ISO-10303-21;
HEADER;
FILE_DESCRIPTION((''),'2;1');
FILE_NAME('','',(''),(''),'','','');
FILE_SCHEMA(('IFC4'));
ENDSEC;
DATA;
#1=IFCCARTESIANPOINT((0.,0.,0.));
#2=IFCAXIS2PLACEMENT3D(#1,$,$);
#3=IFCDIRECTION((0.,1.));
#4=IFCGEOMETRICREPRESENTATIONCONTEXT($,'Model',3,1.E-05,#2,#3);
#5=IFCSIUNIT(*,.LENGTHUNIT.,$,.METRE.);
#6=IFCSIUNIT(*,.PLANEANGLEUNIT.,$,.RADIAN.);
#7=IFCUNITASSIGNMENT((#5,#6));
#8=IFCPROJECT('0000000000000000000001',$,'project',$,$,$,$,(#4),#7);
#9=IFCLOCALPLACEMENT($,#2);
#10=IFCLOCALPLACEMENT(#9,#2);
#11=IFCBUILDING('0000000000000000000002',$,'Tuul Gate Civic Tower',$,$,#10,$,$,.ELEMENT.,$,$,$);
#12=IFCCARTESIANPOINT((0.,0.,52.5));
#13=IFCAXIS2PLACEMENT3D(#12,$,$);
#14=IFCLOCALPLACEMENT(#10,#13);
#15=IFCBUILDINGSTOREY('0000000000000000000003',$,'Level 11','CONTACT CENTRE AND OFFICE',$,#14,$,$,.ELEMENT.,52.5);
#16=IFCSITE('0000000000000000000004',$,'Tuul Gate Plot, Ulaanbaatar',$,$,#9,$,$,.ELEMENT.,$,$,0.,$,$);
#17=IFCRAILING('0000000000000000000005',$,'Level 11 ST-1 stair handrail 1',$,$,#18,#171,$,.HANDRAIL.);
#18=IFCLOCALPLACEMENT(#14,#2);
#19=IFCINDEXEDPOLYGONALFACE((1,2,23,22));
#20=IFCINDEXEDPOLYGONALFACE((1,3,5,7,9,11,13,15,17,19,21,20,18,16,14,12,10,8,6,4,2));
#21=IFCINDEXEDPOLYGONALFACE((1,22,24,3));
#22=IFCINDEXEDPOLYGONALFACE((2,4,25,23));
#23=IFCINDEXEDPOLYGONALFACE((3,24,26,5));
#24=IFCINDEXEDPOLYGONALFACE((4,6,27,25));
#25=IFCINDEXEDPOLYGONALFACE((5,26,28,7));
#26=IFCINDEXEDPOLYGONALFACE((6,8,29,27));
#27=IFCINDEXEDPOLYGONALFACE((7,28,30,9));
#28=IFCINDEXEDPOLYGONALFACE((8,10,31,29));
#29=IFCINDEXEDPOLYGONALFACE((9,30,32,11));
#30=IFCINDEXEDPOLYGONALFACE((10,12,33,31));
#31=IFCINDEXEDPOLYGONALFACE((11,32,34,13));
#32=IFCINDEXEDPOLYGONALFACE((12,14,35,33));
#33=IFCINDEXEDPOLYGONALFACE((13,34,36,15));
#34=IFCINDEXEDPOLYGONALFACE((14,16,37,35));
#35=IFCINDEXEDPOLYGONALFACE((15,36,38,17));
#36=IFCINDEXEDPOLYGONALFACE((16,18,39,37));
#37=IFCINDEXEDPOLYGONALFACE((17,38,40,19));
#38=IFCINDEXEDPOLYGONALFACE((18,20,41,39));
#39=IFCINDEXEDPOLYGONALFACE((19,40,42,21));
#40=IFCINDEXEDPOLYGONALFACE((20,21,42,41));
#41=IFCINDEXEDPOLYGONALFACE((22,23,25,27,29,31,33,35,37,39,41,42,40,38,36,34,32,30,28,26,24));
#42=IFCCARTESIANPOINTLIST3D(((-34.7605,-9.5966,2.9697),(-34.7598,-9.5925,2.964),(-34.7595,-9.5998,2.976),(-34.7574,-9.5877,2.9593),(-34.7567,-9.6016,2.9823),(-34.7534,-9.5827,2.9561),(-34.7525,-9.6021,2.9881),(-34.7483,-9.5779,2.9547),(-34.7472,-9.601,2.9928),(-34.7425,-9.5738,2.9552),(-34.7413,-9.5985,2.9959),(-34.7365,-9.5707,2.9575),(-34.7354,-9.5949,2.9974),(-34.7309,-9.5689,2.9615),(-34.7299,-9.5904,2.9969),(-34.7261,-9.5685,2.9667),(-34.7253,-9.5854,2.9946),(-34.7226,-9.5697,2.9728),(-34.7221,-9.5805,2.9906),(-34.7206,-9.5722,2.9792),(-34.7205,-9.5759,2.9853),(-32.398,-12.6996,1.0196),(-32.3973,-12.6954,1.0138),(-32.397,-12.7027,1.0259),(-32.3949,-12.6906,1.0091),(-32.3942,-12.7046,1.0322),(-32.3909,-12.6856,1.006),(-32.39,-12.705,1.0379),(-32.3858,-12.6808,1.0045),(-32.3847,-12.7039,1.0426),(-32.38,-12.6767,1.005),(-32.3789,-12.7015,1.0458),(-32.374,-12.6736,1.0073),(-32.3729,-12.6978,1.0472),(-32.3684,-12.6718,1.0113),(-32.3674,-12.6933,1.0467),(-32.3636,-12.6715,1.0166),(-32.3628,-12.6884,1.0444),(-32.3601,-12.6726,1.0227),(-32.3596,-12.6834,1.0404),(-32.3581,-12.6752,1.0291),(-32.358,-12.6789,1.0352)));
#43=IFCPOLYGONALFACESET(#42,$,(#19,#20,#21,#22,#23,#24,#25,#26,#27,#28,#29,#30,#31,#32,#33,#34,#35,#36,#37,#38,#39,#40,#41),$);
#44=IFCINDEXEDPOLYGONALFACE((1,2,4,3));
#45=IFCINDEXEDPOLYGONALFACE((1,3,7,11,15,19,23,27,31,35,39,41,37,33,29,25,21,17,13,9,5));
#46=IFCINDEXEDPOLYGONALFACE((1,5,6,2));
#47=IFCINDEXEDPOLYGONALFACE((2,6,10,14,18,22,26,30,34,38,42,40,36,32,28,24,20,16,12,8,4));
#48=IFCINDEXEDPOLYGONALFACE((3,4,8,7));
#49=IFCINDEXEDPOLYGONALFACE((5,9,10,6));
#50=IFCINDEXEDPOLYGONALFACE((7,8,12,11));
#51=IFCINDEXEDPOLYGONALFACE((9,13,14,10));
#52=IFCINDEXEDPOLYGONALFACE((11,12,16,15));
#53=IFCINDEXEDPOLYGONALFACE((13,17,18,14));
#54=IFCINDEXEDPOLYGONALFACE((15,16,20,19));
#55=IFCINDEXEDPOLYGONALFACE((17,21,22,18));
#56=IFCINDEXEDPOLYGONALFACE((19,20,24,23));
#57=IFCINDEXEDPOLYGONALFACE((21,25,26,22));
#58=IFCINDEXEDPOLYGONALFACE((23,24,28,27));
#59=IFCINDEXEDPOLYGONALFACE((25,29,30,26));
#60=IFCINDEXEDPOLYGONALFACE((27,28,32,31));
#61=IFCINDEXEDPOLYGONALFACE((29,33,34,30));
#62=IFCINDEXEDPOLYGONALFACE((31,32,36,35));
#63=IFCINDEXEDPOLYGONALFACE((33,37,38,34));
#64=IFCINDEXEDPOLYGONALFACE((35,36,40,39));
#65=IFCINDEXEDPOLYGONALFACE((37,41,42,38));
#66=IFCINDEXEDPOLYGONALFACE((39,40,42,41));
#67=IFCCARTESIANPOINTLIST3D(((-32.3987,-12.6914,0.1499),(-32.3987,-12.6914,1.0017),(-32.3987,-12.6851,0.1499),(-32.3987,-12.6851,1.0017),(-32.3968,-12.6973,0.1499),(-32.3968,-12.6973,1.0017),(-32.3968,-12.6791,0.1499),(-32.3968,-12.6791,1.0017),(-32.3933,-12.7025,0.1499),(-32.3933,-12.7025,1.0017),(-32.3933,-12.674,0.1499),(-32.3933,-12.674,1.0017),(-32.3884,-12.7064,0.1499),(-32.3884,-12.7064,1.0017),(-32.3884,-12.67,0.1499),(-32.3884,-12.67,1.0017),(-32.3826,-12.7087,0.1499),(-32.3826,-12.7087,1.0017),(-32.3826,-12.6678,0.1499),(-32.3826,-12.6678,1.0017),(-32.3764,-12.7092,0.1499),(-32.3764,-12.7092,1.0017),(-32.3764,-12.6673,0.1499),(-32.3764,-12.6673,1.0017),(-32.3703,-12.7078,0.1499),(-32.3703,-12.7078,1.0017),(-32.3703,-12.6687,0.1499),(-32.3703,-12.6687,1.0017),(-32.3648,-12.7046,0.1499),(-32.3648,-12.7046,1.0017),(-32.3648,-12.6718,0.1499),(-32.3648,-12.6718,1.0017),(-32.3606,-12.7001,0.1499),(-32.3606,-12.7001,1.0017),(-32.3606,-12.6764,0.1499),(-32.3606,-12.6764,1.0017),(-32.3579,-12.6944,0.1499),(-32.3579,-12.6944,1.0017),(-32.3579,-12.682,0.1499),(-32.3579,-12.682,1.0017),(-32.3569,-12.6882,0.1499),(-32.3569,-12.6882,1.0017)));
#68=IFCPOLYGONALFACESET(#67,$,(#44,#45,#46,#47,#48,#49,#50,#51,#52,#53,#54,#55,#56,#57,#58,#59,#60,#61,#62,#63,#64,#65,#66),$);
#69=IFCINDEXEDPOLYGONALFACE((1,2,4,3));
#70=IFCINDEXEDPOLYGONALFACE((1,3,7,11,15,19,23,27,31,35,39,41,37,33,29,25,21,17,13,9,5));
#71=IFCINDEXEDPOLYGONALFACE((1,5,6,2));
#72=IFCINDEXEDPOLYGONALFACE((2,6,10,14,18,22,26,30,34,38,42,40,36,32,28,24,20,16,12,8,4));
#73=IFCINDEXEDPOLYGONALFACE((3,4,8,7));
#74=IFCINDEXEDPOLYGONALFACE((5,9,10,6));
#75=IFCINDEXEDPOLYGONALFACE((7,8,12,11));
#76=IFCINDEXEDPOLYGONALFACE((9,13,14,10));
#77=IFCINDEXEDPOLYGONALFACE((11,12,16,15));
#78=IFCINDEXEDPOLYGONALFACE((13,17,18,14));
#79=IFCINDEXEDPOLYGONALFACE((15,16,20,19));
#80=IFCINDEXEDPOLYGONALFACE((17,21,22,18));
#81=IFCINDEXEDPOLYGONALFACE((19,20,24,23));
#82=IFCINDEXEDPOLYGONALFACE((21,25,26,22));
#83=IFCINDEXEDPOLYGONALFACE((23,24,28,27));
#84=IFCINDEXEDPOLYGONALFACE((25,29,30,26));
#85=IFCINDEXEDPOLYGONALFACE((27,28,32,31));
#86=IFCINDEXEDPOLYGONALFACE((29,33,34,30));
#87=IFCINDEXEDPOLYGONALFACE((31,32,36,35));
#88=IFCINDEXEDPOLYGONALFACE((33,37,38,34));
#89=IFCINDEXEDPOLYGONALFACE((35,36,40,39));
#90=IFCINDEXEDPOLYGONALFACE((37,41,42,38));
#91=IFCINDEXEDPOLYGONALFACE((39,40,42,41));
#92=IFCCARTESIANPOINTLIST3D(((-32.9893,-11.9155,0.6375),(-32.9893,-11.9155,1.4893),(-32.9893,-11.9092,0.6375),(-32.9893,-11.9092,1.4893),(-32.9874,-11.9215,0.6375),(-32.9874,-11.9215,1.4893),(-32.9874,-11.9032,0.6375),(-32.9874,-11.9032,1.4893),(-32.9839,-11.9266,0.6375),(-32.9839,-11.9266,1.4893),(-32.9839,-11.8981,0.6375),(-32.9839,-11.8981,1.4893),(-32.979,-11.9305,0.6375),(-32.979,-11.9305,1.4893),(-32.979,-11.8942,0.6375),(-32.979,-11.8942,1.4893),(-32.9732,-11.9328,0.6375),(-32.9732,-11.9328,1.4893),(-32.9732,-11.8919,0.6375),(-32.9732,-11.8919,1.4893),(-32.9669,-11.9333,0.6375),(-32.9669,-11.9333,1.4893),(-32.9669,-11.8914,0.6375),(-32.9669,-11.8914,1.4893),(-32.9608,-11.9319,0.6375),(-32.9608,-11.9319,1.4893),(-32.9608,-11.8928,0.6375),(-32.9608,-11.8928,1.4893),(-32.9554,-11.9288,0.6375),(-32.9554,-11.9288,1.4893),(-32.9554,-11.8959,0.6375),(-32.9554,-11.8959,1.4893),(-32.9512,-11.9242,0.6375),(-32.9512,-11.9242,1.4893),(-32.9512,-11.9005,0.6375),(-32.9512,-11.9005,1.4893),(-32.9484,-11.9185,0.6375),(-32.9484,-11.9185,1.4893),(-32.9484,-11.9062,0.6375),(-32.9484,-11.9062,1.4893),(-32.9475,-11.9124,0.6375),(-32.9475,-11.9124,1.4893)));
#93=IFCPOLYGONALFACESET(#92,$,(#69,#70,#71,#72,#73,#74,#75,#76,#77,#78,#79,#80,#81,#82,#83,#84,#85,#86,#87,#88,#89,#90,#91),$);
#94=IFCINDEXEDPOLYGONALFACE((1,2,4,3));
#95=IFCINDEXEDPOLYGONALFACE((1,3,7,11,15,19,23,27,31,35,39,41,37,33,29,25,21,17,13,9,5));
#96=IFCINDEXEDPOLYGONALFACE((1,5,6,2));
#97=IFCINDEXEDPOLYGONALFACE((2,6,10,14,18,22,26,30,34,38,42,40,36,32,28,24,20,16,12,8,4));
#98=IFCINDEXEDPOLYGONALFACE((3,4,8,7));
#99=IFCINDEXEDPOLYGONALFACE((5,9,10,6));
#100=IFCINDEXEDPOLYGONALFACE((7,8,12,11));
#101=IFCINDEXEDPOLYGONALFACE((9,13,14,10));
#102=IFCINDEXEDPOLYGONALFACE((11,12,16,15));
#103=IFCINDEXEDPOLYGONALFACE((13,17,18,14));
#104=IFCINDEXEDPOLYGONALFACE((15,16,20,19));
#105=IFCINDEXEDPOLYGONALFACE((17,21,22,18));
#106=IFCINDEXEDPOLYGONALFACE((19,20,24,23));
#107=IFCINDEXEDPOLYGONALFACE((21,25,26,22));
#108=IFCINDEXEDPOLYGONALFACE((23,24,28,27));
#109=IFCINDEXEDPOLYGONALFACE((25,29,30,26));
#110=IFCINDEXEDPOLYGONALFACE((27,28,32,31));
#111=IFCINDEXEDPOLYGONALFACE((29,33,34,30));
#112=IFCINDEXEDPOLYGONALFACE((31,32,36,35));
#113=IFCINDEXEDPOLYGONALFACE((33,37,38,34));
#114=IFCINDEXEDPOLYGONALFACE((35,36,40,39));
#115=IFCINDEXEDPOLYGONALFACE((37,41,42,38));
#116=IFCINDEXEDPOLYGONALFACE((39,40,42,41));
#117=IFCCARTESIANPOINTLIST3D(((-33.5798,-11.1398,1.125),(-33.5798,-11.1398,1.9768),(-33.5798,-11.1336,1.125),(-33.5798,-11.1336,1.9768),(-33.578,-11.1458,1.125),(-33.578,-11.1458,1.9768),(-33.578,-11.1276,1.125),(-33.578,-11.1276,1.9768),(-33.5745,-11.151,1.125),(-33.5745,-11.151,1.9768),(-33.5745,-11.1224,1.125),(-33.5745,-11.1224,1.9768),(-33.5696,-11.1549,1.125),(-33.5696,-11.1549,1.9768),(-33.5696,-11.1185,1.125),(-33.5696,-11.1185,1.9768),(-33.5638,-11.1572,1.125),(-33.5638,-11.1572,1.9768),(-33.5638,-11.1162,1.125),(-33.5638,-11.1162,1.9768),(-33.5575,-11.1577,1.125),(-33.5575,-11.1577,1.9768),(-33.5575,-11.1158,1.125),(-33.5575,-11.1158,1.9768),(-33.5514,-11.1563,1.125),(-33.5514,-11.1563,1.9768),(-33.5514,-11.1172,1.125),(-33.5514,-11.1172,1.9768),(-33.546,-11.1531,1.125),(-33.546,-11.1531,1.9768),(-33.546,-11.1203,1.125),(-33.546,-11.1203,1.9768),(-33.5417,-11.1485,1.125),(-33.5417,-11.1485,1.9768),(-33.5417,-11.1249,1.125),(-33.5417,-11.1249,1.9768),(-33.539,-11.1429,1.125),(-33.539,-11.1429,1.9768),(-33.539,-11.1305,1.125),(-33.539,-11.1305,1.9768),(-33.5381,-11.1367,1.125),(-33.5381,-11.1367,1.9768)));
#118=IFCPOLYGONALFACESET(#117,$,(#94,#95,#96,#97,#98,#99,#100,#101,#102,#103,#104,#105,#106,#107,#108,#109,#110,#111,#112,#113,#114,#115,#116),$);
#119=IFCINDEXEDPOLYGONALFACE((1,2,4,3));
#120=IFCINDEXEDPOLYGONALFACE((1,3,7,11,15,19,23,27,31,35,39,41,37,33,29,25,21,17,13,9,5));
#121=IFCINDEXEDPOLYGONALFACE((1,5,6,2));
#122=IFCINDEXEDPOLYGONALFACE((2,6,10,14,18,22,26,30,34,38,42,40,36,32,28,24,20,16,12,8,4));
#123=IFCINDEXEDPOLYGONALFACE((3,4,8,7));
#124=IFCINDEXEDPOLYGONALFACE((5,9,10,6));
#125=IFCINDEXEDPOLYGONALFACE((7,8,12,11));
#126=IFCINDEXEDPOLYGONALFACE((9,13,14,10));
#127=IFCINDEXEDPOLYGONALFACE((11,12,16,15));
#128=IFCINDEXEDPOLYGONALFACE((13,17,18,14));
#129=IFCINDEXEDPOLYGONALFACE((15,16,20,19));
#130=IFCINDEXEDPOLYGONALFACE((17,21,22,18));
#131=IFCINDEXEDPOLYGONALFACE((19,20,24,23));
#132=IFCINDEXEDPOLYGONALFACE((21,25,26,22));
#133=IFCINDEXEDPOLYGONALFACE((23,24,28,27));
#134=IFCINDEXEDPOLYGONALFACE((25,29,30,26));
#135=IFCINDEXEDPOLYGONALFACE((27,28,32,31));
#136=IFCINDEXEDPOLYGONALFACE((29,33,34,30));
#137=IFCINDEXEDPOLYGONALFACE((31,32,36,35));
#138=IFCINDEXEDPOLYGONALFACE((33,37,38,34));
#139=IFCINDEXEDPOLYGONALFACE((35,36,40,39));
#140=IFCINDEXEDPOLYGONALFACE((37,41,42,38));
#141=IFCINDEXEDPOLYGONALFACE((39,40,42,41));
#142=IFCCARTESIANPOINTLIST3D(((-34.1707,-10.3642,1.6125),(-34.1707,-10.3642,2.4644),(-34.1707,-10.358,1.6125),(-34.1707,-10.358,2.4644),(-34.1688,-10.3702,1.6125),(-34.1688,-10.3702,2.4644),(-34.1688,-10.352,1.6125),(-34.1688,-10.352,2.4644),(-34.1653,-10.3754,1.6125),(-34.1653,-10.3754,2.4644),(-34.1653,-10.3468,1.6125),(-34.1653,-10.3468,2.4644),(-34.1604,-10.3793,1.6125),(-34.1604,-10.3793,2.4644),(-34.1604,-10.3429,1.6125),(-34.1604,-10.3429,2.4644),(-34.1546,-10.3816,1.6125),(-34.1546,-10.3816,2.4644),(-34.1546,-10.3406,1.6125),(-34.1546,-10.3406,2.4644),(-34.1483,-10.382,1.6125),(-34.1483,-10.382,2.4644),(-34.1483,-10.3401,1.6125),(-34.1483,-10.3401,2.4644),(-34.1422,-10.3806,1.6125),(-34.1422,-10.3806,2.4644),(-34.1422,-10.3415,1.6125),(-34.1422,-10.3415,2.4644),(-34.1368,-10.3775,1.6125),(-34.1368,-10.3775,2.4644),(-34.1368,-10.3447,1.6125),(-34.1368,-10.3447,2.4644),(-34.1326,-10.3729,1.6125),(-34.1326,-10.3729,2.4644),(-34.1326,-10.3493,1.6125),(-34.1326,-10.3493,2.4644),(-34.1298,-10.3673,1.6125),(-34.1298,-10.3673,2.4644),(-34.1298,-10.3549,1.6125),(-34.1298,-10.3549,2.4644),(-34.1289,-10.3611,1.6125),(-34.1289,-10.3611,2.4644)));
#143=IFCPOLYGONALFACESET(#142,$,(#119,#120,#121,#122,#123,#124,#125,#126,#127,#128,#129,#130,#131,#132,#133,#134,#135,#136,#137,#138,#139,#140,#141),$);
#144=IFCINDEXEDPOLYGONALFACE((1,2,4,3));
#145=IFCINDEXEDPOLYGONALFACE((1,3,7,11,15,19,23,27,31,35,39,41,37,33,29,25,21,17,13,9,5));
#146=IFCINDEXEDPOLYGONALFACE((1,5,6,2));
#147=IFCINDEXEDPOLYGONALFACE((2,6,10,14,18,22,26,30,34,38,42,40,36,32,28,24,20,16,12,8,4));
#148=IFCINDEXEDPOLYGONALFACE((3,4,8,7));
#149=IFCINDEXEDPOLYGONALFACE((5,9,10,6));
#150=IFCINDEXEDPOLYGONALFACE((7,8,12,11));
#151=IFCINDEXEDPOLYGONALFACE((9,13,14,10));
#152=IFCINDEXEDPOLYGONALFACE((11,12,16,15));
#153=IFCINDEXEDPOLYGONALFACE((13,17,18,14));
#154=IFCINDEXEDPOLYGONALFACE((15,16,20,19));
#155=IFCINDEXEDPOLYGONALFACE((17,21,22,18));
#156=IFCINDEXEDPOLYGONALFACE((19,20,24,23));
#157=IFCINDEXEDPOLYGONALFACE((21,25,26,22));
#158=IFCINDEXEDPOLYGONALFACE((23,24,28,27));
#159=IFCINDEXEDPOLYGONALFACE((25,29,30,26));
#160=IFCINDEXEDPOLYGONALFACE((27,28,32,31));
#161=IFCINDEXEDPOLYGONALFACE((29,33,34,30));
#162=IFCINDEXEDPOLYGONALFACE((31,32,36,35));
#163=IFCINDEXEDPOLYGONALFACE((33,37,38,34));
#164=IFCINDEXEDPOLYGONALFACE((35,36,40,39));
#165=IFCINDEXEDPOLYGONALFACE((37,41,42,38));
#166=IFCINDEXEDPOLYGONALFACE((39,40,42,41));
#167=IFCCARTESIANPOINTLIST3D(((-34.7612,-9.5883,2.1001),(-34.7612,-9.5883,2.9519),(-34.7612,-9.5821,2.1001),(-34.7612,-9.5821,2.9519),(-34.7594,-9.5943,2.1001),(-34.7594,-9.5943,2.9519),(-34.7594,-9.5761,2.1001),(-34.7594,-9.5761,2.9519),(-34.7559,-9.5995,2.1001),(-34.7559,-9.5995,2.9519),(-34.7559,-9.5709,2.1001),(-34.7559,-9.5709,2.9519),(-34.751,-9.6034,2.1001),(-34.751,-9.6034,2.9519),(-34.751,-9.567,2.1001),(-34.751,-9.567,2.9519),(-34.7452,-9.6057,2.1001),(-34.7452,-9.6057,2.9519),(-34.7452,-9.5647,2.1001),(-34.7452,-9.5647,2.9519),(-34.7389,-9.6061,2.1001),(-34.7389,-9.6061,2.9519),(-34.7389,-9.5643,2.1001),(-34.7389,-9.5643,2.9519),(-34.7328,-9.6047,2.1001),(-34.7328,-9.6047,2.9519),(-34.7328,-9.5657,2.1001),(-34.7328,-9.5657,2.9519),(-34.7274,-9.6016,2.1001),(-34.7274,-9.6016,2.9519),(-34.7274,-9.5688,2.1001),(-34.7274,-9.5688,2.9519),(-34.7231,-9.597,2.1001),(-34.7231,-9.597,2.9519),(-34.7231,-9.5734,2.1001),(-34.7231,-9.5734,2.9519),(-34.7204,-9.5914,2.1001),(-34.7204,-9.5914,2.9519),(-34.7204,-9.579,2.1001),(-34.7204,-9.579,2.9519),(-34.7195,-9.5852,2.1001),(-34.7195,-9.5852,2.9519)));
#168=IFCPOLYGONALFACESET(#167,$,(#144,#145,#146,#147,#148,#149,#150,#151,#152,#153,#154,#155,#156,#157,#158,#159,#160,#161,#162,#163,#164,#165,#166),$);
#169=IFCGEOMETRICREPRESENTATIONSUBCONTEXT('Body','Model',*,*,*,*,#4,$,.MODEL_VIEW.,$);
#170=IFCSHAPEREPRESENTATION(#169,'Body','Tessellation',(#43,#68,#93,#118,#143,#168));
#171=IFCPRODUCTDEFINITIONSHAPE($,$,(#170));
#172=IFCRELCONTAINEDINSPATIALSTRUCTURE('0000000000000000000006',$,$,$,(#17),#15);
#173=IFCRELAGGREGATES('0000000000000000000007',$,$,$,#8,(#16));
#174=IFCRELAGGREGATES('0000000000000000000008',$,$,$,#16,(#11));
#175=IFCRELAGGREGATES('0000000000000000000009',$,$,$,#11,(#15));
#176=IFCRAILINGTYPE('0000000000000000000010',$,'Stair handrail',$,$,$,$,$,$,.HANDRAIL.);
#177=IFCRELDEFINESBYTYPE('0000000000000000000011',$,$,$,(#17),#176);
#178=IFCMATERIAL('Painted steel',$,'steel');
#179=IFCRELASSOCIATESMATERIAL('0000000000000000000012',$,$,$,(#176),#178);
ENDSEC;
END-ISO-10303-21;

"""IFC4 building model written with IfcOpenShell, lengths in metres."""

from ifc_helpers import new_model, si_unit, direction, frame, origin, origin_2d, place, context, subcontext, project, spatial, circle, extrude, material, type_object, element, save


model = new_model("IFC4")

# Units and contexts
model_context = context("Model", 3, precision=1e-05, world=origin(), true_north=direction((0.0, 1.0)))
body_context = subcontext(model_context, "Body", "Model", "MODEL_VIEW")
ifc_project = project(units=[si_unit("LENGTHUNIT", "METRE"), si_unit("PLANEANGLEUNIT", "RADIAN")], contexts=[model_context])

# Site, building, storey
site_placement = place(None, origin())
site = spatial("IfcSite", under=ifc_project, at=site_placement, Name="Tuul Gate Plot, Ulaanbaatar", CompositionType="ELEMENT", RefElevation=0.0)
building_placement = place(site_placement, origin())
building = spatial("IfcBuilding", under=site, at=building_placement, Name="Tuul Gate Civic Tower", CompositionType="ELEMENT")
storey_placement = place(building_placement, frame((0.0, 0.0, 52.5)))
storey = spatial("IfcBuildingStorey", under=building, at=storey_placement, Name="Level 11", Description="CONTACT CENTRE AND OFFICE", CompositionType="ELEMENT", Elevation=52.5)

# Railing
ifc_material_1 = material(Name="Painted steel", Category="steel")
railing_type_1 = type_object("IfcRailingType", Name="Stair handrail", PredefinedType="HANDRAIL", material=ifc_material_1)
railing_1_placement = place(storey_placement, frame((-32.3779, -12.6882, 0.1499)))
element("IfcRailing", 1, at=railing_1_placement, inside=storey, type_object=railing_type_1, Name="Level 11 ST-1 stair handrail 1", PredefinedType="HANDRAIL", context=body_context, shape_type="SweptSolid", body=[
    extrude(circle(Radius=0.0239, at=origin_2d()), frame((0.0, 0.0, 0.876), z_axis=(-0.541811, 0.711627, 0.447245), x_axis=(-0.795637, -0.605773, 0.0)), (0.0, 0.0, 1.0), 4.3604),
    extrude(circle(Radius=0.021, at=origin_2d()), origin(), (0.0, 0.0, 1.0), 0.8518),
    extrude(circle(Radius=0.021, at=origin_2d()), frame((-0.5906, 0.7759, 0.4875)), (0.0, 0.0, 1.0), 0.8518),
    extrude(circle(Radius=0.021, at=origin_2d()), frame((-1.1812, 1.5515, 0.9751)), (0.0, 0.0, 1.0), 0.8518),
    extrude(circle(Radius=0.021, at=origin_2d()), frame((-1.772, 2.3271, 1.4626)), (0.0, 0.0, 1.0), 0.8518),
    extrude(circle(Radius=0.021, at=origin_2d()), frame((-2.3625, 3.103, 1.9502)), (0.0, 0.0, 1.0), 0.8518),
])

save(model, "model.ifc")
